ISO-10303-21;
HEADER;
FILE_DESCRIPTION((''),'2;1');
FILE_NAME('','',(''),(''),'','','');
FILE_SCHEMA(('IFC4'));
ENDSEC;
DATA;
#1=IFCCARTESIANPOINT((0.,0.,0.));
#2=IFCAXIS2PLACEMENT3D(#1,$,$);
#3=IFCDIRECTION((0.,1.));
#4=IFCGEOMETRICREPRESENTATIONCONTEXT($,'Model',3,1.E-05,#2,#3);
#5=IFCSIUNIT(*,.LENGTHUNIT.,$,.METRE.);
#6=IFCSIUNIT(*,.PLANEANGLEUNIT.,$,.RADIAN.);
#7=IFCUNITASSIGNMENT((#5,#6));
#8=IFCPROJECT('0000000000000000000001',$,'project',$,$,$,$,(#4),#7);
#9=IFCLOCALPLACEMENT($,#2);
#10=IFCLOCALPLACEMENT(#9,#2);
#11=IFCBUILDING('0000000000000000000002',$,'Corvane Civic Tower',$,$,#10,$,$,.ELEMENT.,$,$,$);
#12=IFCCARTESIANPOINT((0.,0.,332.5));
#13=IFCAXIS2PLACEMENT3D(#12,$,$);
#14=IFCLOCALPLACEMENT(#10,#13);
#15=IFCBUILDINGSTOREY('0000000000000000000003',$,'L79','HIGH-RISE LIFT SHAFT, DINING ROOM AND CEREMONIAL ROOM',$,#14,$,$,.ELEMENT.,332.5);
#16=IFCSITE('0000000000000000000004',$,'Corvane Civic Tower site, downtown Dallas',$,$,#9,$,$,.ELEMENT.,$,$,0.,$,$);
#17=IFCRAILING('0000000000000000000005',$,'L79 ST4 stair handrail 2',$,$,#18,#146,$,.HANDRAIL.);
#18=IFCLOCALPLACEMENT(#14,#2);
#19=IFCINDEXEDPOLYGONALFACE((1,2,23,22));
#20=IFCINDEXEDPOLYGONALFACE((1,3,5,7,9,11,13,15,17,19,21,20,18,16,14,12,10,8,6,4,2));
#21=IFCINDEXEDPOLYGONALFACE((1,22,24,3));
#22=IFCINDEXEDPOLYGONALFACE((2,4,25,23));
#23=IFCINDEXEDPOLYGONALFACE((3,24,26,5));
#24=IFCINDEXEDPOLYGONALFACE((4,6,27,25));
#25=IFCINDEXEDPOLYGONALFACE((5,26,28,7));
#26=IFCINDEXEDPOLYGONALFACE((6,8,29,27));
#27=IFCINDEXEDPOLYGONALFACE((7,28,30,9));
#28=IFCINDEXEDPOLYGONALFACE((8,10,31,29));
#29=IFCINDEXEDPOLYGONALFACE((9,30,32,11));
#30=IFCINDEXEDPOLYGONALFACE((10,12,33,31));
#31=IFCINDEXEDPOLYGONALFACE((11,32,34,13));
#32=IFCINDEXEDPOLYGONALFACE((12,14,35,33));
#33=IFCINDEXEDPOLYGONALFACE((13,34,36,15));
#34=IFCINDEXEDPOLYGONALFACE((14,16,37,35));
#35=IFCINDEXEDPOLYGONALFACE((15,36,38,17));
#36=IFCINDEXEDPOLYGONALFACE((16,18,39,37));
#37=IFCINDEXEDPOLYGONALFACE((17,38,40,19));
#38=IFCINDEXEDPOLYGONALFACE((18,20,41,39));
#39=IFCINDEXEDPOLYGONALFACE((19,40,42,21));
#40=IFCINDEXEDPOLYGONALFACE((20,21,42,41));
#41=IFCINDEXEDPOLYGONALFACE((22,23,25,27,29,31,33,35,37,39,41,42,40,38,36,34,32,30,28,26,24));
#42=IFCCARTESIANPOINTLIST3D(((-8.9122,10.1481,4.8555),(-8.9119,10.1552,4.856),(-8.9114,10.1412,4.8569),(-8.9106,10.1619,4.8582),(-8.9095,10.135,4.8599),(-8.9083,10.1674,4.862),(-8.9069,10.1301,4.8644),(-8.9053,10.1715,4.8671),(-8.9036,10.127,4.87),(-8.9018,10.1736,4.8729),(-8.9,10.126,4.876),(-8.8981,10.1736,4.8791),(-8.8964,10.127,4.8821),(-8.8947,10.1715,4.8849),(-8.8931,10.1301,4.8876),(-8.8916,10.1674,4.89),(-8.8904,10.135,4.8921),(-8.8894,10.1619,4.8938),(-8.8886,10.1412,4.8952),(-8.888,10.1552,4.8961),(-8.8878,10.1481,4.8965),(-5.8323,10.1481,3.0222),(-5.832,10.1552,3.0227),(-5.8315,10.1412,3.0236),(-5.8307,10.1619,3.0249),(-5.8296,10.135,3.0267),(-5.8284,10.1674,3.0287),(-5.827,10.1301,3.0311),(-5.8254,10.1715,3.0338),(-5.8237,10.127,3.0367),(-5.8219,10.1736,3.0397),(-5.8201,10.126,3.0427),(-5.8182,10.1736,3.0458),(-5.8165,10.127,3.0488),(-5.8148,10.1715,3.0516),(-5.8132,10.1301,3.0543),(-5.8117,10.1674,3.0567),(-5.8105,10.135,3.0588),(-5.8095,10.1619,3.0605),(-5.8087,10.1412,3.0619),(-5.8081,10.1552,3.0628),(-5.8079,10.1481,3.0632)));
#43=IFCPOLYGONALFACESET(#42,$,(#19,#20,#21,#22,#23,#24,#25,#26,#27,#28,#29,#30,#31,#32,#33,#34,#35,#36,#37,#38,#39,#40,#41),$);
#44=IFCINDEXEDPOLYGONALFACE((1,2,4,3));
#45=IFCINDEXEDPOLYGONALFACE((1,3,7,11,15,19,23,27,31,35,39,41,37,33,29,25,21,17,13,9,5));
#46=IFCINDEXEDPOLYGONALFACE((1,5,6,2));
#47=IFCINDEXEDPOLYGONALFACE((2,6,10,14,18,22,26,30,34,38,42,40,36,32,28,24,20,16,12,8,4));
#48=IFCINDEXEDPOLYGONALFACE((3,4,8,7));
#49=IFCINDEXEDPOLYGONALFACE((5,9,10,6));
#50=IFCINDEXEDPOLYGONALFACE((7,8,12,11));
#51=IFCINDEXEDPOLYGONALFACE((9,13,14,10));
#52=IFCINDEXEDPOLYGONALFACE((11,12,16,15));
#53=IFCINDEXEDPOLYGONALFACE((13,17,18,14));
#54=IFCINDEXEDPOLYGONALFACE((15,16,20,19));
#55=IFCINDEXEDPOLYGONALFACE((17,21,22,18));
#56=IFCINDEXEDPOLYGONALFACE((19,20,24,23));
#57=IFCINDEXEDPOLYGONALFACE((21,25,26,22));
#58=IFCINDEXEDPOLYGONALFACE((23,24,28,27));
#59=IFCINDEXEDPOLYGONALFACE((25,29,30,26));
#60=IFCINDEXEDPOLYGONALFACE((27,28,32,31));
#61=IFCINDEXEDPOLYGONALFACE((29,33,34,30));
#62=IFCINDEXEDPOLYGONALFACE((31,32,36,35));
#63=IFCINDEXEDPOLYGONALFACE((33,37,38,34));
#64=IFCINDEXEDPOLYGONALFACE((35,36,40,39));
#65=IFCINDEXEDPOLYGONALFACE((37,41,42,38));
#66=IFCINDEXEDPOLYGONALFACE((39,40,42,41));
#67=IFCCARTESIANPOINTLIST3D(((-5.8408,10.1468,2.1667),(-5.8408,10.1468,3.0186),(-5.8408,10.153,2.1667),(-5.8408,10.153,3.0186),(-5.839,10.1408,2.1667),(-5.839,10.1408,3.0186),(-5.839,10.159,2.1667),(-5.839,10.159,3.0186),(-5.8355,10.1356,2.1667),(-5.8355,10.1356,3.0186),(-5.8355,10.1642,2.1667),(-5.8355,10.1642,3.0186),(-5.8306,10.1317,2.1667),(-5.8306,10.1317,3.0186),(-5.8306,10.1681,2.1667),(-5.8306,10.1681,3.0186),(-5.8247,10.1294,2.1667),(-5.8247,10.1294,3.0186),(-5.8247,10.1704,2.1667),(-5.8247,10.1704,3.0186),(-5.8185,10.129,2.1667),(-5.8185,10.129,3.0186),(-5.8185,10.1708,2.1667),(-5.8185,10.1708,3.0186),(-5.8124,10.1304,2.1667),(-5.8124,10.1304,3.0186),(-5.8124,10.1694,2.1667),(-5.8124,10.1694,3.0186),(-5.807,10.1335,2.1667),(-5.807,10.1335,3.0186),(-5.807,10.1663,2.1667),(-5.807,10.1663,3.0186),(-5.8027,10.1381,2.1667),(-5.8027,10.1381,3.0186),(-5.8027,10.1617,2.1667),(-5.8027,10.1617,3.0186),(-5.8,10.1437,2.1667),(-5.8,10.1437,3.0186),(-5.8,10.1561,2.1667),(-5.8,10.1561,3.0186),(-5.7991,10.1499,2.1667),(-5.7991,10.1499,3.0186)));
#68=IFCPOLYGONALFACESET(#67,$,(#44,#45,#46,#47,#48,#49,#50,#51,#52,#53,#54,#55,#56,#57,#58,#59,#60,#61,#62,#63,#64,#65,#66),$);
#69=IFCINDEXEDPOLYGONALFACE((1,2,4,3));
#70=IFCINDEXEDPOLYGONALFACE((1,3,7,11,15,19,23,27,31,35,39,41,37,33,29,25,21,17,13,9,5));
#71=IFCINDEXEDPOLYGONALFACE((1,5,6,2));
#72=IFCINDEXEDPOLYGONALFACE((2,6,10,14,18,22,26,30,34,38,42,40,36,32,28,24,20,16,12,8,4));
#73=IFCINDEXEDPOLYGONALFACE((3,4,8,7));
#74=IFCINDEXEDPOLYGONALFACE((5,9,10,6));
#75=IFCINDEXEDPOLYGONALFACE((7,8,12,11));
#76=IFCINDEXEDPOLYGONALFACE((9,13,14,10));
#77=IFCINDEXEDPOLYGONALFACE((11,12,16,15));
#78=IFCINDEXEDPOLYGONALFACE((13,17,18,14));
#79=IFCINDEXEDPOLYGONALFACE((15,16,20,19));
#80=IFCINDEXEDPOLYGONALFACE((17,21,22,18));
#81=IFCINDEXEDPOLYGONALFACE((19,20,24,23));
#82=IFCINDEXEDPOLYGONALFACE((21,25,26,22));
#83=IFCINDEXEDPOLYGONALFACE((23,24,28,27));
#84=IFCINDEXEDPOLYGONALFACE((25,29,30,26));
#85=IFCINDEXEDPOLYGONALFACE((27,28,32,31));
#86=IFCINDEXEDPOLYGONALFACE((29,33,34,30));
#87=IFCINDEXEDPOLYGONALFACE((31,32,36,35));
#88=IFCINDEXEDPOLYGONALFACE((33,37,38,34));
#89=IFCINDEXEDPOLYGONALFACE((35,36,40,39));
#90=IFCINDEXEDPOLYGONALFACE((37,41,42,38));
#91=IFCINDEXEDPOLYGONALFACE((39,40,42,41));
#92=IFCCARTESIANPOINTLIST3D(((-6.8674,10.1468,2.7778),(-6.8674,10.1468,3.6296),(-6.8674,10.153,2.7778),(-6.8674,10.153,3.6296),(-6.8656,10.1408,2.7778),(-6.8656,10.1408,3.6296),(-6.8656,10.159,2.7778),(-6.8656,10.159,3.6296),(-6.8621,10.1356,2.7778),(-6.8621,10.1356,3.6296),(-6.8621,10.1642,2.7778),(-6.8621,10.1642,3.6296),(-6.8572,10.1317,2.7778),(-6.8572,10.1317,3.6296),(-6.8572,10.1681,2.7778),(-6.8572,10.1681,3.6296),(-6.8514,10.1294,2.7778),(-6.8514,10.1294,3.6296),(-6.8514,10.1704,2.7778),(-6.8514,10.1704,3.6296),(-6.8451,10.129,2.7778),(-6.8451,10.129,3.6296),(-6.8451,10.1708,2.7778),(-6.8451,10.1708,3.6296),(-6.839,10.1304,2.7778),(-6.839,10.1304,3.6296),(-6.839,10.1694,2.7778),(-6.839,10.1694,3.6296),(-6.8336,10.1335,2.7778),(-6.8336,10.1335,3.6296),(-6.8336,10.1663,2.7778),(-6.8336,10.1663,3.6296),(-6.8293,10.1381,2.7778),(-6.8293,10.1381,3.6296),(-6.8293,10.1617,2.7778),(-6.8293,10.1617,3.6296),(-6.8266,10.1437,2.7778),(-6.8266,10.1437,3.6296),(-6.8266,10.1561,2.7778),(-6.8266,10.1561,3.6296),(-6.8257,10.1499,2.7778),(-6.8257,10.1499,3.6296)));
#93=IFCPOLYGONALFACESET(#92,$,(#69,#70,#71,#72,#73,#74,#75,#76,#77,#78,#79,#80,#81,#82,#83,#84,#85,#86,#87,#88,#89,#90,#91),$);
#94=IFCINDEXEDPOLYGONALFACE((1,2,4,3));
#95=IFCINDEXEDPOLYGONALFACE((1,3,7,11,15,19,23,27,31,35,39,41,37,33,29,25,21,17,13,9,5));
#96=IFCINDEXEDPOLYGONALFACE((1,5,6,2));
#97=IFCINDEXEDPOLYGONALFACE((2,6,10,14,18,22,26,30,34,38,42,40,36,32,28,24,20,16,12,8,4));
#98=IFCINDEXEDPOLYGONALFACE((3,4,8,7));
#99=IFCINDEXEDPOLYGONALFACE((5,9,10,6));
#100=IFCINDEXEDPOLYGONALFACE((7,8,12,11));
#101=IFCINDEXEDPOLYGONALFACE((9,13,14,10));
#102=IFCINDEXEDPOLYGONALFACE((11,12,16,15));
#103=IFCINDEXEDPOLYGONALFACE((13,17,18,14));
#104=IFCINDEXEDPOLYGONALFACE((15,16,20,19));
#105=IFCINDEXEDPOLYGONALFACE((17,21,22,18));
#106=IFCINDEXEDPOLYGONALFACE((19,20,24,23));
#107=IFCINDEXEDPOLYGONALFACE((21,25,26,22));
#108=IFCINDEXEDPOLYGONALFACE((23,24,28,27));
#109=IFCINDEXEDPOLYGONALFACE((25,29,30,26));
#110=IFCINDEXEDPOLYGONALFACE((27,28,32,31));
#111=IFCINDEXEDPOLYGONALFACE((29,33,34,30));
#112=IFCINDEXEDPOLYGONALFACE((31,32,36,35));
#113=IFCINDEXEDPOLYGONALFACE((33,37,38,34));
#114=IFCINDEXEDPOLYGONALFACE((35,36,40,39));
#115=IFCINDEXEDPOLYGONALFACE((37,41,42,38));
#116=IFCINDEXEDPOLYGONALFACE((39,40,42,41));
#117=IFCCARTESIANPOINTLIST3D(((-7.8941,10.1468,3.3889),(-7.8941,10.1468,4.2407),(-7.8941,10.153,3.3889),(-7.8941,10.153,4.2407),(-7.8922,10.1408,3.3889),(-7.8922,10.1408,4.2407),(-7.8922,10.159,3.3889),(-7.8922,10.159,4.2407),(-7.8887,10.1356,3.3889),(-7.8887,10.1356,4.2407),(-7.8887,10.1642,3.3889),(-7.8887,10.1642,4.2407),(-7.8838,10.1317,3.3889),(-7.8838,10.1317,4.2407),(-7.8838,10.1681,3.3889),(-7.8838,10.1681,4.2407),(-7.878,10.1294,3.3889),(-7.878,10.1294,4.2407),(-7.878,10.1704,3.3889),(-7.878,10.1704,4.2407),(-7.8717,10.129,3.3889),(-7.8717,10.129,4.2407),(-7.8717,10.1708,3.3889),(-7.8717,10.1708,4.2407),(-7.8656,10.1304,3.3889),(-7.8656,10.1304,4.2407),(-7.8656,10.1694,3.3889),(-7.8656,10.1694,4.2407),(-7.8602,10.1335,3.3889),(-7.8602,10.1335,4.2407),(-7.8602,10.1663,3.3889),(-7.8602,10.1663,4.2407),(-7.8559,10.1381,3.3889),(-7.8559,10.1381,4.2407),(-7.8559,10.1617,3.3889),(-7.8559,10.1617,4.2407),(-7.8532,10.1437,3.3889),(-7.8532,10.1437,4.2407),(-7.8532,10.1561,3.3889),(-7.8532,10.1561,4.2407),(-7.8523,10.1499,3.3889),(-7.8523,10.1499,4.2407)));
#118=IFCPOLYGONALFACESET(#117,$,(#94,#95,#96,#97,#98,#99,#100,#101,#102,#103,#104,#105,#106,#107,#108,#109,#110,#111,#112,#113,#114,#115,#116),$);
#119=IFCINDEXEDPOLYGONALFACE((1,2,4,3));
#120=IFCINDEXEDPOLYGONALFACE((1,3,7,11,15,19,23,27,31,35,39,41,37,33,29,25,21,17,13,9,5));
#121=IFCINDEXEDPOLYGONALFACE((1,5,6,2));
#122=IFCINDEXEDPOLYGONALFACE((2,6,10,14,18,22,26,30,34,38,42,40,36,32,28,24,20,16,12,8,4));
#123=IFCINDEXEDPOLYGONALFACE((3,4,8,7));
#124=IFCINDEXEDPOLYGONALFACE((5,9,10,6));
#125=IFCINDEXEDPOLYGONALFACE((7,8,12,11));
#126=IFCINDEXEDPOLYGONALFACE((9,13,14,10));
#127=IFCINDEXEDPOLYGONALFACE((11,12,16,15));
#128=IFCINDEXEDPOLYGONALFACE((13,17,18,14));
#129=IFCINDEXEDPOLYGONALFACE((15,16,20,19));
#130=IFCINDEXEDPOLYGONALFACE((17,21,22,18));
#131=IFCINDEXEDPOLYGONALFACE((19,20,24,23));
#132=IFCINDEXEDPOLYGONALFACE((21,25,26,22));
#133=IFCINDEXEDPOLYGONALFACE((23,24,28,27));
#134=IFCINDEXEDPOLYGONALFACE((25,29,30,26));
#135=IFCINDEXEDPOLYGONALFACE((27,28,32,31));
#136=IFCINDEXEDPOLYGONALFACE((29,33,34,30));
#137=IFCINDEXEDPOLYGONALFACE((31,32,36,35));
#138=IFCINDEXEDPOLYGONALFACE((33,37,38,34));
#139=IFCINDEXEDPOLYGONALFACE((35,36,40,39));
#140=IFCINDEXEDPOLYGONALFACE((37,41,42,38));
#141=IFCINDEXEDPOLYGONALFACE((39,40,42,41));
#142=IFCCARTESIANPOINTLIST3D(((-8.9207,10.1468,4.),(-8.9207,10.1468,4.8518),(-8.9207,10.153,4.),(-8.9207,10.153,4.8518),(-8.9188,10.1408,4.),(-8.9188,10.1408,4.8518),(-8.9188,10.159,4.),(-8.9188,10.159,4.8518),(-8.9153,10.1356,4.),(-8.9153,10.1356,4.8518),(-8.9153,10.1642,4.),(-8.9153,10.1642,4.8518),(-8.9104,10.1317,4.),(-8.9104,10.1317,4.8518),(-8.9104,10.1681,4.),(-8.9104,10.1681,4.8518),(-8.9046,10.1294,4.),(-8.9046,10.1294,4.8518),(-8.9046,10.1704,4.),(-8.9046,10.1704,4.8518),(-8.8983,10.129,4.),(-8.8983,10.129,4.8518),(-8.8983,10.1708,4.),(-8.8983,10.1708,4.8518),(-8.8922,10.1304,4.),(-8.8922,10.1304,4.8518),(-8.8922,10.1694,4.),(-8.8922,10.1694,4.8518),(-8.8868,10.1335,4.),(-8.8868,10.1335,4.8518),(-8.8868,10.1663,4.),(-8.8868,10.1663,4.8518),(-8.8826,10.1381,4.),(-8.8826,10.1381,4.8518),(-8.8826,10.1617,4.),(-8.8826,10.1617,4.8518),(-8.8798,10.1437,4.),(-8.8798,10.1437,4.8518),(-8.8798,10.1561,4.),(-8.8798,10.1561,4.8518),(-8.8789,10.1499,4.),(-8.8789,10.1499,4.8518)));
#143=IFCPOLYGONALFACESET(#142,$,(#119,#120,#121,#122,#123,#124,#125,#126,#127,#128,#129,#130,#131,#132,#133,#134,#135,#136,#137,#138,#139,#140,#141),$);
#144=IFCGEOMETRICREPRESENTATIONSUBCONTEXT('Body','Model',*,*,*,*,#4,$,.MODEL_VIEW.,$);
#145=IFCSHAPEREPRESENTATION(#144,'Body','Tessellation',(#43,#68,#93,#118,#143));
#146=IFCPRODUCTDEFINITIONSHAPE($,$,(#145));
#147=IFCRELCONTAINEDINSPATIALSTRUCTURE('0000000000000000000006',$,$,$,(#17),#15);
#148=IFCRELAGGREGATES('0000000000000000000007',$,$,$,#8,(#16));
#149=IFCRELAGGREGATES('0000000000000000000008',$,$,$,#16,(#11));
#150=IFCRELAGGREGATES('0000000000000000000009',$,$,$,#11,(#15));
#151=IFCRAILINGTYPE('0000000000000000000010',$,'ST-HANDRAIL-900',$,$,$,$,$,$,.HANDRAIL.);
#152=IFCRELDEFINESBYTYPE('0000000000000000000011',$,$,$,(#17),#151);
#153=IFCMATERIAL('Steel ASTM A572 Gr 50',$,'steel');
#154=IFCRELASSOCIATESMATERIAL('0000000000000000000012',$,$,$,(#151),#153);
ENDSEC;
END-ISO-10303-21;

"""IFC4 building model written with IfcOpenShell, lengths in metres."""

from ifc_helpers import new_model, si_unit, direction, frame, origin, origin_2d, place, context, subcontext, project, spatial, circle, extrude, material, type_object, element, save


model = new_model("IFC4")

# Units and contexts
model_context = context("Model", 3, precision=1e-05, world=origin(), true_north=direction((0.0, 1.0)))
body_context = subcontext(model_context, "Body", "Model", "MODEL_VIEW")
ifc_project = project(units=[si_unit("LENGTHUNIT", "METRE"), si_unit("PLANEANGLEUNIT", "RADIAN")], contexts=[model_context])

# Site, building, storey
site_placement = place(None, origin())
site = spatial("IfcSite", under=ifc_project, at=site_placement, Name="Corvane Civic Tower site, downtown Dallas", CompositionType="ELEMENT", RefElevation=0.0)
building_placement = place(site_placement, origin())
building = spatial("IfcBuilding", under=site, at=building_placement, Name="Corvane Civic Tower", CompositionType="ELEMENT")
storey_placement = place(building_placement, frame((0.0, 0.0, 332.5)))
storey = spatial("IfcBuildingStorey", under=building, at=storey_placement, Name="L79", Description="HIGH-RISE LIFT SHAFT, DINING ROOM AND CEREMONIAL ROOM", CompositionType="ELEMENT", Elevation=332.5)

# Railing
ifc_material_1 = material(Name="Steel ASTM A572 Gr 50", Category="steel")
railing_type_1 = type_object("IfcRailingType", Name="ST-HANDRAIL-900", PredefinedType="HANDRAIL", material=ifc_material_1)
railing_1_placement = place(storey_placement, frame((-5.8201, 10.1499, 2.1667)))
element("IfcRailing", 1, at=railing_1_placement, inside=storey, type_object=railing_type_1, Name="L79 ST4 stair handrail 2", PredefinedType="HANDRAIL", context=body_context, shape_type="SweptSolid", body=[
    extrude(circle(Radius=0.0239, at=origin_2d()), frame((0.0, 0.0, 0.876), z_axis=(-0.859291, 0.0, 0.511487), x_axis=(0.0, -1.0, 0.0)), (0.0, 0.0, 1.0), 3.5842),
    extrude(circle(Radius=0.021, at=origin_2d()), origin(), (0.0, 0.0, 1.0), 0.8518),
    extrude(circle(Radius=0.021, at=origin_2d()), frame((-1.0266, 0.0, 0.6111)), (0.0, 0.0, 1.0), 0.8518),
    extrude(circle(Radius=0.021, at=origin_2d()), frame((-2.0532, 0.0, 1.2222)), (0.0, 0.0, 1.0), 0.8518),
    extrude(circle(Radius=0.021, at=origin_2d()), frame((-3.0798, 0.0, 1.8333)), (0.0, 0.0, 1.0), 0.8518),
])

save(model, "model.ifc")
